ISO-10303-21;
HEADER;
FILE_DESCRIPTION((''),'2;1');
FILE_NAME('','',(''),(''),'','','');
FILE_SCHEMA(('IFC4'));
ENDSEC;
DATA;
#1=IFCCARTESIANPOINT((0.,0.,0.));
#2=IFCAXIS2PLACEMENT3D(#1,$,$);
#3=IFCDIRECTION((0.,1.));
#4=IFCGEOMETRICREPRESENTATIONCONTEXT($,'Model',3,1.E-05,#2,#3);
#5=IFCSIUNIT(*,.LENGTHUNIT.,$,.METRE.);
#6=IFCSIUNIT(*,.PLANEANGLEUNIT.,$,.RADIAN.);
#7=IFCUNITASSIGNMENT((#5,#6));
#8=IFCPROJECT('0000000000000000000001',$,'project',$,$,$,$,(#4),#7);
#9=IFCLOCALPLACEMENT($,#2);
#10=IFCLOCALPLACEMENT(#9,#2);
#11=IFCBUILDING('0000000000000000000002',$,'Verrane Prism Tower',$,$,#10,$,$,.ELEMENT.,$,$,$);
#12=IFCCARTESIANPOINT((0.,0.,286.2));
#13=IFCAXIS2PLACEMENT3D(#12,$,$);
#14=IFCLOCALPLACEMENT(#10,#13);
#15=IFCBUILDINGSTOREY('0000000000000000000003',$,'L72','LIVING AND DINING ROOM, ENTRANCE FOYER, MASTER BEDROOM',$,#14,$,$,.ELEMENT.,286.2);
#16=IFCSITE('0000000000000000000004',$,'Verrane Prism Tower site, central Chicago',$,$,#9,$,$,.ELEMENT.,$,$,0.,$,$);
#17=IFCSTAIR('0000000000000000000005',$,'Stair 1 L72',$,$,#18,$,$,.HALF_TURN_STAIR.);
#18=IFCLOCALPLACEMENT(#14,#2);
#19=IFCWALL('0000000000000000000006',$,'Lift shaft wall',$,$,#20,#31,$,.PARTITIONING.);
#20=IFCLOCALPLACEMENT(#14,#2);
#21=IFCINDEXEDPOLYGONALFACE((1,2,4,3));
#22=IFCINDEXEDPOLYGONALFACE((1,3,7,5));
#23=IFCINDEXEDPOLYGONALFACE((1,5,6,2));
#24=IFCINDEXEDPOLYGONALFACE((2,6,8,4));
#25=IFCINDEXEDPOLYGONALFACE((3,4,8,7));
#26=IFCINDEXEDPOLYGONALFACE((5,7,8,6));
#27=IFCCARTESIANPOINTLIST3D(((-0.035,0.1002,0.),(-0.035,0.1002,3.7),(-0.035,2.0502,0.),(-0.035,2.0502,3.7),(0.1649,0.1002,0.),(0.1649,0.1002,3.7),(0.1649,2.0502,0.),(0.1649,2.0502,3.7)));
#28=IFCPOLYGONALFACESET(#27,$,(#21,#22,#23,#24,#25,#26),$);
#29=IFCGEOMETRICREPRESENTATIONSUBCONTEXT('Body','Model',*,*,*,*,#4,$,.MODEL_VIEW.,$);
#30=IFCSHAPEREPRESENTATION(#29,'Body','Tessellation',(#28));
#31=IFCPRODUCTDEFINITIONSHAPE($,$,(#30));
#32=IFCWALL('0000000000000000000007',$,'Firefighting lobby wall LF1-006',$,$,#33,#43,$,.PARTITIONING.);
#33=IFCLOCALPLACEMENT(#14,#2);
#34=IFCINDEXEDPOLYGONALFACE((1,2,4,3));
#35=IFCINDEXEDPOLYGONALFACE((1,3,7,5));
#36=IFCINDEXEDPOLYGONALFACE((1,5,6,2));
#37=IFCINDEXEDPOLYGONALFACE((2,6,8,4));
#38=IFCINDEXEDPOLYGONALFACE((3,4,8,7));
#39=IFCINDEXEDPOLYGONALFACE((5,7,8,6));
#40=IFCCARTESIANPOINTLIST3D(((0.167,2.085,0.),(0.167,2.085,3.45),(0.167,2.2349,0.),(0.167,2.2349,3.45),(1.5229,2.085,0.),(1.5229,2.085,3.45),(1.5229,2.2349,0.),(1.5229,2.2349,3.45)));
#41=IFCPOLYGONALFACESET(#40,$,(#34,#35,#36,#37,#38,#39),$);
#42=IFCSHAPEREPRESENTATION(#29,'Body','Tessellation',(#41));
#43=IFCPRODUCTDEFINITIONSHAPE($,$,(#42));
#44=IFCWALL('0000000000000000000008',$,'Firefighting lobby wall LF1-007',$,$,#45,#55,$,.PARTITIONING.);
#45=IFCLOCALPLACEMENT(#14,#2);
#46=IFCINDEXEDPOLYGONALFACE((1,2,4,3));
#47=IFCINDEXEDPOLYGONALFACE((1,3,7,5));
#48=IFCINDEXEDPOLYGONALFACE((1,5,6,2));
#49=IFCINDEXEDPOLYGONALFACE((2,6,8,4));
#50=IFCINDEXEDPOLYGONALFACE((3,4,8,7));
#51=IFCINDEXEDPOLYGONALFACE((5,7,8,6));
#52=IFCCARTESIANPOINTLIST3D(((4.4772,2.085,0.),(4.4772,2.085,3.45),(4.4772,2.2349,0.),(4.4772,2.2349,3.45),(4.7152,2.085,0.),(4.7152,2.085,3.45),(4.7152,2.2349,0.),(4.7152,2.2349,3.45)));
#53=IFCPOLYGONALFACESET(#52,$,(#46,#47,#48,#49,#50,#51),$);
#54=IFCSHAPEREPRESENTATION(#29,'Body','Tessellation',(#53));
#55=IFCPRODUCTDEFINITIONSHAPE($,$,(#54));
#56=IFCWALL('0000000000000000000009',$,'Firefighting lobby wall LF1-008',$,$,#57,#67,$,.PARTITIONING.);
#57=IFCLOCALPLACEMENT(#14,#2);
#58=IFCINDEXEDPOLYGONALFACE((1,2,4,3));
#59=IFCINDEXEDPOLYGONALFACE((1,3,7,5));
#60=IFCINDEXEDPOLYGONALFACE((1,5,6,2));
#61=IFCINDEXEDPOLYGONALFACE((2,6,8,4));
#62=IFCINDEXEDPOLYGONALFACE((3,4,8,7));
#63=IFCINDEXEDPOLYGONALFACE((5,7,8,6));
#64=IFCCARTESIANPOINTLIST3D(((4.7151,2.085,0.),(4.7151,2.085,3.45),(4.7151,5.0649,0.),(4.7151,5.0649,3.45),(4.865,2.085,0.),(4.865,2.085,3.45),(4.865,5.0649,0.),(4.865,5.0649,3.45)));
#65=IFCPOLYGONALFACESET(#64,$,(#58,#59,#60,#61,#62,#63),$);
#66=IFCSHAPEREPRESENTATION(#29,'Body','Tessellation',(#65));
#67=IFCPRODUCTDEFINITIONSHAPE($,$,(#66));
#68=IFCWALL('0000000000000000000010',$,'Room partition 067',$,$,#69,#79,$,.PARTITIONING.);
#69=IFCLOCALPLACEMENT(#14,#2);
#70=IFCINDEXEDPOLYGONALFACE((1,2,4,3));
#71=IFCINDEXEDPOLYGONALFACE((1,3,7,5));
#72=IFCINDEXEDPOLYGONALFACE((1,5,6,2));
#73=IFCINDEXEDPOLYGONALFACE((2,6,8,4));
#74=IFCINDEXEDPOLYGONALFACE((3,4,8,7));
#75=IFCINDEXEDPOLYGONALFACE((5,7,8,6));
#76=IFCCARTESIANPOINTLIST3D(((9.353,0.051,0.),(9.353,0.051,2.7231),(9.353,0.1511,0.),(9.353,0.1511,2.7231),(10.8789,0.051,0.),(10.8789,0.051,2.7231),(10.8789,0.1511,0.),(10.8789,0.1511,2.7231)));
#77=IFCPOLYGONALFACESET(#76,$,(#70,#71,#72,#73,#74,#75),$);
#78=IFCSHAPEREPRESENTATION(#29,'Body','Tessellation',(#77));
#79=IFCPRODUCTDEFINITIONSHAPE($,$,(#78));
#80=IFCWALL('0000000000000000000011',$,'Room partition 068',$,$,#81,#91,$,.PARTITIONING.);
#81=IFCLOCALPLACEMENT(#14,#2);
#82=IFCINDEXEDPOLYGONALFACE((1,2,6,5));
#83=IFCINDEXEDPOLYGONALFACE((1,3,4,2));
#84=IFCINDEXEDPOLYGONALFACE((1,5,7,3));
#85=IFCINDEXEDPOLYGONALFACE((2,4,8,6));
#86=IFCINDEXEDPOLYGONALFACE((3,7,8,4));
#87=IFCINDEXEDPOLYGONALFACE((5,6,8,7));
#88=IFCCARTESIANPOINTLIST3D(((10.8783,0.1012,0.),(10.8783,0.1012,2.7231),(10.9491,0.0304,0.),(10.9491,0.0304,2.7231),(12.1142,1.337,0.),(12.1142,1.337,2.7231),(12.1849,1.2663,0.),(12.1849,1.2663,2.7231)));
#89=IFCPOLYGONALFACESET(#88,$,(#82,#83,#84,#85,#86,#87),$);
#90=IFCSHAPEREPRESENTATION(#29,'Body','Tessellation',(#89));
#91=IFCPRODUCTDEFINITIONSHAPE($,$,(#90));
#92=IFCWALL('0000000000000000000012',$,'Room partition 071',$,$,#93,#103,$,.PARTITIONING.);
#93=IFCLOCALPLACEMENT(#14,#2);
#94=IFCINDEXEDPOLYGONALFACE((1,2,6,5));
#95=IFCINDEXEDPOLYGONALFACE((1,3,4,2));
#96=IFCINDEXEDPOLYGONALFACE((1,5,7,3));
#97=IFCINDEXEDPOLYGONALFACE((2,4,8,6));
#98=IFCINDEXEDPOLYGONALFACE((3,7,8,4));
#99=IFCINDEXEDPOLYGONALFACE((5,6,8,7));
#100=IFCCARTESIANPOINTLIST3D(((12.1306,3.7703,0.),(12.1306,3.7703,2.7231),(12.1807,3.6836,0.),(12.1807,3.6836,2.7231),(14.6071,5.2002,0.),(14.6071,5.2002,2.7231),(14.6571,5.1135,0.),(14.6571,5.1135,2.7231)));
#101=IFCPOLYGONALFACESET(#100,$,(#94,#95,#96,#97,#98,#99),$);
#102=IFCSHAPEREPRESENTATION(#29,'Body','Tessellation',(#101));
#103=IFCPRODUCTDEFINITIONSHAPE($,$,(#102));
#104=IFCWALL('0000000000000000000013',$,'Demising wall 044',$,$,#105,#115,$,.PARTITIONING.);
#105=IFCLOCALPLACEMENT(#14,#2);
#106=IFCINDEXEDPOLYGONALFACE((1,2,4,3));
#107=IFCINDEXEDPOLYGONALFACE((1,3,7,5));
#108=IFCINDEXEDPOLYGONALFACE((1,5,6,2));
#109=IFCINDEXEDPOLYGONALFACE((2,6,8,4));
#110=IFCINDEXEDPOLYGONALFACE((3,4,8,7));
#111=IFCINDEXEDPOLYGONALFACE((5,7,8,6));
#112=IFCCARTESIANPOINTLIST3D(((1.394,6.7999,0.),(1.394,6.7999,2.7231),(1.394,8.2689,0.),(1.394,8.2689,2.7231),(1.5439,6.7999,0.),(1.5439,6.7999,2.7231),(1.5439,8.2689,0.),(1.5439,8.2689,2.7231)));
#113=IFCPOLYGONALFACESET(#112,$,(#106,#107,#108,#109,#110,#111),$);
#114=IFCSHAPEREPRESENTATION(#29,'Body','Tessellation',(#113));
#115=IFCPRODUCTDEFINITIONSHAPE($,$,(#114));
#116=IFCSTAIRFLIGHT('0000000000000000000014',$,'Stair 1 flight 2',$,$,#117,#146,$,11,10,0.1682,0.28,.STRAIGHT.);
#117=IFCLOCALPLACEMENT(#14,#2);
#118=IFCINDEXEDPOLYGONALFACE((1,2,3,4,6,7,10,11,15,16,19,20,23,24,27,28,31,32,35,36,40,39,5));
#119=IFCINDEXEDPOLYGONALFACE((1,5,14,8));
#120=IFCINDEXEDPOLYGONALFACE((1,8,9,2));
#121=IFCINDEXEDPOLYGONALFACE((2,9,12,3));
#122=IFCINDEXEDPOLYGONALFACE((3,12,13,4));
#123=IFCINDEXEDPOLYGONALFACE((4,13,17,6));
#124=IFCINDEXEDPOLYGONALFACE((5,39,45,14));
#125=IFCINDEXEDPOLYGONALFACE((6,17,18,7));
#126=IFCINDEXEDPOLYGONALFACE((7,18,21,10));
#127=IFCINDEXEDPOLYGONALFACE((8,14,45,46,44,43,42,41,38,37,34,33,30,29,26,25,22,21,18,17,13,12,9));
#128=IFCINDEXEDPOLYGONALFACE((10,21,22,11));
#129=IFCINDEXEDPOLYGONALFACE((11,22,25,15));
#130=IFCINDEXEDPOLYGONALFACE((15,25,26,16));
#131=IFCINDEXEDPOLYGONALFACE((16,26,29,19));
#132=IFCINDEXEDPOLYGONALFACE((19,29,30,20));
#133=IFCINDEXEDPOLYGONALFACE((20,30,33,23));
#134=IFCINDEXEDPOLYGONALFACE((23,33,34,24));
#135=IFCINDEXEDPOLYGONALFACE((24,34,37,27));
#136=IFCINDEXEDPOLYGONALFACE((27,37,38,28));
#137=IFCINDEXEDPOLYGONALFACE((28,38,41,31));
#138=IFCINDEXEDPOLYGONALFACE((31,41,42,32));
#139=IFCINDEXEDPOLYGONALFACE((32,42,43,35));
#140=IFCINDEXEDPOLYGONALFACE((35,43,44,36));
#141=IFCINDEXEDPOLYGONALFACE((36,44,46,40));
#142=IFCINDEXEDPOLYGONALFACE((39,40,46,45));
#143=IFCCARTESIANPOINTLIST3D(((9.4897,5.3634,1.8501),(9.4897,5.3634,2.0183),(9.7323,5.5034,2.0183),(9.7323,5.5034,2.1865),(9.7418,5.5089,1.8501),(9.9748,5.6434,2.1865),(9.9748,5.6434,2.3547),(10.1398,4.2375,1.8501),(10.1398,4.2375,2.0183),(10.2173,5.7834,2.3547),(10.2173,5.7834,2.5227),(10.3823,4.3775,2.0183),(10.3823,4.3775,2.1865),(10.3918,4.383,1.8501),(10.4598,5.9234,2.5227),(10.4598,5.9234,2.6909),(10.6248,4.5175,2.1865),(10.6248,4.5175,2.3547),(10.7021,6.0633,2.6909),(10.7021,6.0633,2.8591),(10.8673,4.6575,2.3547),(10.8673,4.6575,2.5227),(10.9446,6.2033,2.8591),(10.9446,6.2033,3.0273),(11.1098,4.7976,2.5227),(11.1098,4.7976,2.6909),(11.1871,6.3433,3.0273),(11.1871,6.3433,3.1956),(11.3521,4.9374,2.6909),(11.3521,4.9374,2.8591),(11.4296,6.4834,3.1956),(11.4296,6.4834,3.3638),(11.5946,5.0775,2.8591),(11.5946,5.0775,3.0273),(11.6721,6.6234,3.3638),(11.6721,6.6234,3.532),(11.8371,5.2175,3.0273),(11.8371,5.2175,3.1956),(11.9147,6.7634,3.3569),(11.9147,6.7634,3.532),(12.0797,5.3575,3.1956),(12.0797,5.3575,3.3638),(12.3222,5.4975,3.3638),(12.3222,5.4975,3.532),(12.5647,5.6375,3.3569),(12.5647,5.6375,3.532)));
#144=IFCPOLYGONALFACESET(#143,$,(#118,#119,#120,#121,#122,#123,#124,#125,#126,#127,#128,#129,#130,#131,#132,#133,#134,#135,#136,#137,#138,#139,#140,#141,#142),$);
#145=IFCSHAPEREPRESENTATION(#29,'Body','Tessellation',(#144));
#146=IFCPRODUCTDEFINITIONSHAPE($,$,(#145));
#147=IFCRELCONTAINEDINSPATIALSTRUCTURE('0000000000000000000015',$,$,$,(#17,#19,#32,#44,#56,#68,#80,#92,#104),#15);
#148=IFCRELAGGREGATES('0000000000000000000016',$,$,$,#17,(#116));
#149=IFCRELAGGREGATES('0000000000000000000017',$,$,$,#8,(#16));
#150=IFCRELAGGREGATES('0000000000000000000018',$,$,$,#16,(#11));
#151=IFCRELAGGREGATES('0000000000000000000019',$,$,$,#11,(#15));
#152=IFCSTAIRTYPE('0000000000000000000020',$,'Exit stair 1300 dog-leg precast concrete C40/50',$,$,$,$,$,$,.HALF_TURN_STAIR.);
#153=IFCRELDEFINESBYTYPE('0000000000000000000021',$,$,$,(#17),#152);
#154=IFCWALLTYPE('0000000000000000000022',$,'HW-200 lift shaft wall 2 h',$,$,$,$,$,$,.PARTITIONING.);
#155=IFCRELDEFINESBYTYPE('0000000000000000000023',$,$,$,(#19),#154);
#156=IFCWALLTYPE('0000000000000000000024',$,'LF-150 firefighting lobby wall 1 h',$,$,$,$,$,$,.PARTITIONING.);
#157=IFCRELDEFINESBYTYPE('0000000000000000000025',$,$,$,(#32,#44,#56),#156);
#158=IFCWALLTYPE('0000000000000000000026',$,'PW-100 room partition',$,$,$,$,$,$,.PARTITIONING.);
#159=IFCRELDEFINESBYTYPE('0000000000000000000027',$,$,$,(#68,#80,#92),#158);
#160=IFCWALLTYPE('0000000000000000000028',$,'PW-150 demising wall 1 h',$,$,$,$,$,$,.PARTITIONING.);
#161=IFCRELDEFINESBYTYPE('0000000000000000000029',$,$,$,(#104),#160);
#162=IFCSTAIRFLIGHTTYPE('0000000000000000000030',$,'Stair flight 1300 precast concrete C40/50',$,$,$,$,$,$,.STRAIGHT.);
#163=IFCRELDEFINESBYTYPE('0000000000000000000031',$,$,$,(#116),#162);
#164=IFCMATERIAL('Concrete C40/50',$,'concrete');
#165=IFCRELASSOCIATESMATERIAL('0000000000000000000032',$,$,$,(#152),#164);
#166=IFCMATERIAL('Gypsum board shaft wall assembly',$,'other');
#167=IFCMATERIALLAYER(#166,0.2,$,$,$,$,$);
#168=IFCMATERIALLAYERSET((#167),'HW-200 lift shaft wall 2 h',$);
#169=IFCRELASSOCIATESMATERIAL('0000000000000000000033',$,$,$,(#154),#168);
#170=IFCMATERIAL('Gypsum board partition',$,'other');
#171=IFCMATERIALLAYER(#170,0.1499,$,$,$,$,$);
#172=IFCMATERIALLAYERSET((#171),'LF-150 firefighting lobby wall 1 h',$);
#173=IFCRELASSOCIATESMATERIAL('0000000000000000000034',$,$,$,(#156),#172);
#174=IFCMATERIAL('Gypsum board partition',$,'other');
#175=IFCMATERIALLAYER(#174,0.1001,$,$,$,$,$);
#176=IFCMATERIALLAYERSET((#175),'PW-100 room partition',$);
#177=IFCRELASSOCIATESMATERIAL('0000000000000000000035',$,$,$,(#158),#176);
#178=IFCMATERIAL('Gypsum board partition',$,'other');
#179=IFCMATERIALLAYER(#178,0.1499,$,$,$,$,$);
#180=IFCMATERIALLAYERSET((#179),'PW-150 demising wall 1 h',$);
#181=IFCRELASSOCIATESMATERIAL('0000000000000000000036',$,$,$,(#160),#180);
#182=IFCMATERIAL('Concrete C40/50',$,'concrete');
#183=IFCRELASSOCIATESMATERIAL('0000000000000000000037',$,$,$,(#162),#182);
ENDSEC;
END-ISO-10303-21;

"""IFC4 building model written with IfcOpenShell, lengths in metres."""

from ifc_helpers import new_model, si_unit, direction, frame, frame_2d, origin, place, context, subcontext, project, spatial, polyline, rectangle, outline, extrude, material, layer, layer_set, type_object, element, aggregate, save


model = new_model("IFC4")

# Units and contexts
model_context = context("Model", 3, precision=1e-05, world=origin(), true_north=direction((0.0, 1.0)))
body_context = subcontext(model_context, "Body", "Model", "MODEL_VIEW")
ifc_project = project(units=[si_unit("LENGTHUNIT", "METRE"), si_unit("PLANEANGLEUNIT", "RADIAN")], contexts=[model_context])

# Site, building, storey
site_placement = place(None, origin())
site = spatial("IfcSite", under=ifc_project, at=site_placement, Name="Verrane Prism Tower site, central Chicago", CompositionType="ELEMENT", RefElevation=0.0)
building_placement = place(site_placement, origin())
building = spatial("IfcBuilding", under=site, at=building_placement, Name="Verrane Prism Tower", CompositionType="ELEMENT")
storey_placement = place(building_placement, frame((0.0, 0.0, 286.2)))
storey = spatial("IfcBuildingStorey", under=building, at=storey_placement, Name="L72", Description="LIVING AND DINING ROOM, ENTRANCE FOYER, MASTER BEDROOM", CompositionType="ELEMENT", Elevation=286.2)

# Stair
ifc_material_1 = material(Name="Concrete C40/50", Category="concrete")
stair_type = type_object("IfcStairType", Name="Exit stair 1300 dog-leg precast concrete C40/50", PredefinedType="HALF_TURN_STAIR", material=ifc_material_1)
stair_1_placement = place(storey_placement, origin())
stair_1 = element("IfcStair", 1, at=stair_1_placement, inside=storey, type_object=stair_type, Name="Stair 1 L72", PredefinedType="HALF_TURN_STAIR")

# Shared definitions
ifc_material_2 = material(Name="Gypsum board shaft wall assembly", Category="other")
ifc_layer_1 = layer(ifc_material_2, 0.2)
ifc_layer_set_1 = layer_set([ifc_layer_1], Name="HW-200 lift shaft wall 2 h")
wall_type_1 = type_object("IfcWallType", Name="HW-200 lift shaft wall 2 h", PredefinedType="PARTITIONING", material=ifc_layer_set_1)

# Walls
for number, where, z_axis, x_axis, name in (
    (2, (0.0649, 0.1001, 0.0), (0.0, 0.0, 1.0), (0.0, 1.0, 0.0), "Lift shaft wall"),
):
    element("IfcWall", number, at=place(storey_placement, frame(where, z_axis=z_axis, x_axis=x_axis)), inside=storey, type_object=wall_type_1, Name=name, PredefinedType="PARTITIONING", context=body_context, shape_type="SweptSolid", body=[
        extrude(rectangle(XDim=1.95, YDim=0.2, at=frame_2d((0.9751, 0.0))), origin(), (0.0, 0.0, 1.0), 3.7),
    ])
ifc_material_3 = material(Name="Gypsum board partition", Category="other")
ifc_layer_2 = layer(ifc_material_3, 0.1499)
ifc_layer_set_2 = layer_set([ifc_layer_2], Name="LF-150 firefighting lobby wall 1 h")
wall_type_2 = type_object("IfcWallType", Name="LF-150 firefighting lobby wall 1 h", PredefinedType="PARTITIONING", material=ifc_layer_set_2)
wall_1_placement = place(storey_placement, frame((0.167, 2.1599, 0.0), z_axis=(0.0, 0.0, 1.0), x_axis=(1.0, 0.0, 0.0)))
element("IfcWall", 3, at=wall_1_placement, inside=storey, type_object=wall_type_2, Name="Firefighting lobby wall LF1-006", PredefinedType="PARTITIONING", context=body_context, shape_type="SweptSolid", body=[
    extrude(rectangle(XDim=1.356, YDim=0.1499, at=frame_2d((0.678, 0.0))), origin(), (0.0, 0.0, 1.0), 3.45),
])
wall_2_placement = place(storey_placement, frame((4.4771, 2.1599, 0.0), z_axis=(0.0, 0.0, 1.0), x_axis=(1.0, 0.0, 0.0)))
element("IfcWall", 4, at=wall_2_placement, inside=storey, type_object=wall_type_2, Name="Firefighting lobby wall LF1-007", PredefinedType="PARTITIONING", context=body_context, shape_type="SweptSolid", body=[
    extrude(rectangle(XDim=0.238, YDim=0.1499, at=frame_2d((0.1191, 0.0))), origin(), (0.0, 0.0, 1.0), 3.45),
])
wall_3_placement = place(storey_placement, frame((4.79, 2.085, 0.0), z_axis=(0.0, 0.0, 1.0), x_axis=(0.0, 1.0, 0.0)))
element("IfcWall", 5, at=wall_3_placement, inside=storey, type_object=wall_type_2, Name="Firefighting lobby wall LF1-008", PredefinedType="PARTITIONING", context=body_context, shape_type="SweptSolid", body=[
    extrude(rectangle(XDim=2.98, YDim=0.1499, at=frame_2d((1.49, 0.0))), origin(), (0.0, 0.0, 1.0), 3.45),
])
ifc_material_4 = material(Name="Gypsum board partition", Category="other")
ifc_layer_3 = layer(ifc_material_4, 0.1001)
ifc_layer_set_3 = layer_set([ifc_layer_3], Name="PW-100 room partition")
wall_type_3 = type_object("IfcWallType", Name="PW-100 room partition", PredefinedType="PARTITIONING", material=ifc_layer_set_3)
wall_4_placement = place(storey_placement, frame((9.353, 0.1011, 0.0), z_axis=(0.0, 0.0, 1.0), x_axis=(1.0, 0.0, 0.0)))
element("IfcWall", 6, at=wall_4_placement, inside=storey, type_object=wall_type_3, Name="Room partition 067", PredefinedType="PARTITIONING", context=body_context, shape_type="SweptSolid", body=[
    extrude(rectangle(XDim=1.5259, YDim=0.1001, at=frame_2d((0.7629, 0.0))), origin(), (0.0, 0.0, 1.0), 2.7231),
])
wall_5_placement = place(storey_placement, frame((10.9136, 0.0657, 0.0), z_axis=(0.0, 0.0, 1.0), x_axis=(0.707107, 0.707107, 0.0)))
element("IfcWall", 7, at=wall_5_placement, inside=storey, type_object=wall_type_3, Name="Room partition 068", PredefinedType="PARTITIONING", context=body_context, shape_type="SweptSolid", body=[
    extrude(rectangle(XDim=1.7478, YDim=0.1001, at=frame_2d((0.874, 0.0))), origin(), (0.0, 0.0, 1.0), 2.7231),
])
wall_6_placement = place(storey_placement, frame((12.1558, 3.7271, 0.0), z_axis=(0.0, 0.0, 1.0), x_axis=(0.866012, 0.500023, 0.0)))
element("IfcWall", 8, at=wall_6_placement, inside=storey, type_object=wall_type_3, Name="Room partition 071", PredefinedType="PARTITIONING", context=body_context, shape_type="SweptSolid", body=[
    extrude(rectangle(XDim=2.8596, YDim=0.1001, at=frame_2d((1.4297, 0.0))), origin(), (0.0, 0.0, 1.0), 2.7231),
])
ifc_material_5 = material(Name="Gypsum board partition", Category="other")
ifc_layer_4 = layer(ifc_material_5, 0.1499)
ifc_layer_set_4 = layer_set([ifc_layer_4], Name="PW-150 demising wall 1 h")
wall_type_4 = type_object("IfcWallType", Name="PW-150 demising wall 1 h", PredefinedType="PARTITIONING", material=ifc_layer_set_4)
wall_7_placement = place(storey_placement, frame((1.469, 6.8, 0.0), z_axis=(0.0, 0.0, 1.0), x_axis=(0.0, 1.0, 0.0)))
element("IfcWall", 9, at=wall_7_placement, inside=storey, type_object=wall_type_4, Name="Demising wall 044", PredefinedType="PARTITIONING", context=body_context, shape_type="SweptSolid", body=[
    extrude(rectangle(XDim=1.469, YDim=0.1499, at=frame_2d((0.7344, 0.0))), origin(), (0.0, 0.0, 1.0), 2.7231),
])

# Stair flight
ifc_material_6 = material(Name="Concrete C40/50", Category="concrete")
stair_flight_type = type_object("IfcStairFlightType", Name="Stair flight 1300 precast concrete C40/50", PredefinedType="STRAIGHT", material=ifc_material_6)
stair_flight_placement = place(storey_placement, frame((9.8147, 4.8005, 1.8501), z_axis=(0.0, 0.0, 1.0), x_axis=(0.866025, 0.5, 0.0)))
stair_flight = element("IfcStairFlight", 10, at=stair_flight_placement, type_object=stair_flight_type, Name="Stair 1 flight 2", NumberOfRisers=11, NumberOfTreads=10, PredefinedType="STRAIGHT", RiserHeight=0.1682, TreadLength=0.28, context=body_context, shape_type="SweptSolid", body=[
    extrude(outline(polyline([(0.0, 0.0), (0.0, 0.1682), (0.28, 0.1682), (0.28, 0.3364), (0.5601, 0.3364), (0.5601, 0.5046), (0.8401, 0.5046), (0.8401, 0.6726), (1.1201, 0.6726), (1.1201, 0.8408), (1.3999, 0.8408), (1.3999, 1.009), (1.6799, 1.009), (1.6799, 1.1772), (1.96, 1.1772), (1.96, 1.3455), (2.24, 1.3455), (2.24, 1.5137), (2.52, 1.5137), (2.52, 1.6819), (2.8, 1.6819), (2.8, 1.8501), (2.8, 1.5068), (0.291, 0.0), (0.0, 0.0)])), frame((0.0, 0.6499, 0.0), z_axis=(0.0, -1.0, 0.0), x_axis=(1.0, 0.0, 0.0)), (0.0, 0.0, 1.0), 1.3),
])
aggregate(stair_1, [stair_flight])

save(model, "model.ifc")
